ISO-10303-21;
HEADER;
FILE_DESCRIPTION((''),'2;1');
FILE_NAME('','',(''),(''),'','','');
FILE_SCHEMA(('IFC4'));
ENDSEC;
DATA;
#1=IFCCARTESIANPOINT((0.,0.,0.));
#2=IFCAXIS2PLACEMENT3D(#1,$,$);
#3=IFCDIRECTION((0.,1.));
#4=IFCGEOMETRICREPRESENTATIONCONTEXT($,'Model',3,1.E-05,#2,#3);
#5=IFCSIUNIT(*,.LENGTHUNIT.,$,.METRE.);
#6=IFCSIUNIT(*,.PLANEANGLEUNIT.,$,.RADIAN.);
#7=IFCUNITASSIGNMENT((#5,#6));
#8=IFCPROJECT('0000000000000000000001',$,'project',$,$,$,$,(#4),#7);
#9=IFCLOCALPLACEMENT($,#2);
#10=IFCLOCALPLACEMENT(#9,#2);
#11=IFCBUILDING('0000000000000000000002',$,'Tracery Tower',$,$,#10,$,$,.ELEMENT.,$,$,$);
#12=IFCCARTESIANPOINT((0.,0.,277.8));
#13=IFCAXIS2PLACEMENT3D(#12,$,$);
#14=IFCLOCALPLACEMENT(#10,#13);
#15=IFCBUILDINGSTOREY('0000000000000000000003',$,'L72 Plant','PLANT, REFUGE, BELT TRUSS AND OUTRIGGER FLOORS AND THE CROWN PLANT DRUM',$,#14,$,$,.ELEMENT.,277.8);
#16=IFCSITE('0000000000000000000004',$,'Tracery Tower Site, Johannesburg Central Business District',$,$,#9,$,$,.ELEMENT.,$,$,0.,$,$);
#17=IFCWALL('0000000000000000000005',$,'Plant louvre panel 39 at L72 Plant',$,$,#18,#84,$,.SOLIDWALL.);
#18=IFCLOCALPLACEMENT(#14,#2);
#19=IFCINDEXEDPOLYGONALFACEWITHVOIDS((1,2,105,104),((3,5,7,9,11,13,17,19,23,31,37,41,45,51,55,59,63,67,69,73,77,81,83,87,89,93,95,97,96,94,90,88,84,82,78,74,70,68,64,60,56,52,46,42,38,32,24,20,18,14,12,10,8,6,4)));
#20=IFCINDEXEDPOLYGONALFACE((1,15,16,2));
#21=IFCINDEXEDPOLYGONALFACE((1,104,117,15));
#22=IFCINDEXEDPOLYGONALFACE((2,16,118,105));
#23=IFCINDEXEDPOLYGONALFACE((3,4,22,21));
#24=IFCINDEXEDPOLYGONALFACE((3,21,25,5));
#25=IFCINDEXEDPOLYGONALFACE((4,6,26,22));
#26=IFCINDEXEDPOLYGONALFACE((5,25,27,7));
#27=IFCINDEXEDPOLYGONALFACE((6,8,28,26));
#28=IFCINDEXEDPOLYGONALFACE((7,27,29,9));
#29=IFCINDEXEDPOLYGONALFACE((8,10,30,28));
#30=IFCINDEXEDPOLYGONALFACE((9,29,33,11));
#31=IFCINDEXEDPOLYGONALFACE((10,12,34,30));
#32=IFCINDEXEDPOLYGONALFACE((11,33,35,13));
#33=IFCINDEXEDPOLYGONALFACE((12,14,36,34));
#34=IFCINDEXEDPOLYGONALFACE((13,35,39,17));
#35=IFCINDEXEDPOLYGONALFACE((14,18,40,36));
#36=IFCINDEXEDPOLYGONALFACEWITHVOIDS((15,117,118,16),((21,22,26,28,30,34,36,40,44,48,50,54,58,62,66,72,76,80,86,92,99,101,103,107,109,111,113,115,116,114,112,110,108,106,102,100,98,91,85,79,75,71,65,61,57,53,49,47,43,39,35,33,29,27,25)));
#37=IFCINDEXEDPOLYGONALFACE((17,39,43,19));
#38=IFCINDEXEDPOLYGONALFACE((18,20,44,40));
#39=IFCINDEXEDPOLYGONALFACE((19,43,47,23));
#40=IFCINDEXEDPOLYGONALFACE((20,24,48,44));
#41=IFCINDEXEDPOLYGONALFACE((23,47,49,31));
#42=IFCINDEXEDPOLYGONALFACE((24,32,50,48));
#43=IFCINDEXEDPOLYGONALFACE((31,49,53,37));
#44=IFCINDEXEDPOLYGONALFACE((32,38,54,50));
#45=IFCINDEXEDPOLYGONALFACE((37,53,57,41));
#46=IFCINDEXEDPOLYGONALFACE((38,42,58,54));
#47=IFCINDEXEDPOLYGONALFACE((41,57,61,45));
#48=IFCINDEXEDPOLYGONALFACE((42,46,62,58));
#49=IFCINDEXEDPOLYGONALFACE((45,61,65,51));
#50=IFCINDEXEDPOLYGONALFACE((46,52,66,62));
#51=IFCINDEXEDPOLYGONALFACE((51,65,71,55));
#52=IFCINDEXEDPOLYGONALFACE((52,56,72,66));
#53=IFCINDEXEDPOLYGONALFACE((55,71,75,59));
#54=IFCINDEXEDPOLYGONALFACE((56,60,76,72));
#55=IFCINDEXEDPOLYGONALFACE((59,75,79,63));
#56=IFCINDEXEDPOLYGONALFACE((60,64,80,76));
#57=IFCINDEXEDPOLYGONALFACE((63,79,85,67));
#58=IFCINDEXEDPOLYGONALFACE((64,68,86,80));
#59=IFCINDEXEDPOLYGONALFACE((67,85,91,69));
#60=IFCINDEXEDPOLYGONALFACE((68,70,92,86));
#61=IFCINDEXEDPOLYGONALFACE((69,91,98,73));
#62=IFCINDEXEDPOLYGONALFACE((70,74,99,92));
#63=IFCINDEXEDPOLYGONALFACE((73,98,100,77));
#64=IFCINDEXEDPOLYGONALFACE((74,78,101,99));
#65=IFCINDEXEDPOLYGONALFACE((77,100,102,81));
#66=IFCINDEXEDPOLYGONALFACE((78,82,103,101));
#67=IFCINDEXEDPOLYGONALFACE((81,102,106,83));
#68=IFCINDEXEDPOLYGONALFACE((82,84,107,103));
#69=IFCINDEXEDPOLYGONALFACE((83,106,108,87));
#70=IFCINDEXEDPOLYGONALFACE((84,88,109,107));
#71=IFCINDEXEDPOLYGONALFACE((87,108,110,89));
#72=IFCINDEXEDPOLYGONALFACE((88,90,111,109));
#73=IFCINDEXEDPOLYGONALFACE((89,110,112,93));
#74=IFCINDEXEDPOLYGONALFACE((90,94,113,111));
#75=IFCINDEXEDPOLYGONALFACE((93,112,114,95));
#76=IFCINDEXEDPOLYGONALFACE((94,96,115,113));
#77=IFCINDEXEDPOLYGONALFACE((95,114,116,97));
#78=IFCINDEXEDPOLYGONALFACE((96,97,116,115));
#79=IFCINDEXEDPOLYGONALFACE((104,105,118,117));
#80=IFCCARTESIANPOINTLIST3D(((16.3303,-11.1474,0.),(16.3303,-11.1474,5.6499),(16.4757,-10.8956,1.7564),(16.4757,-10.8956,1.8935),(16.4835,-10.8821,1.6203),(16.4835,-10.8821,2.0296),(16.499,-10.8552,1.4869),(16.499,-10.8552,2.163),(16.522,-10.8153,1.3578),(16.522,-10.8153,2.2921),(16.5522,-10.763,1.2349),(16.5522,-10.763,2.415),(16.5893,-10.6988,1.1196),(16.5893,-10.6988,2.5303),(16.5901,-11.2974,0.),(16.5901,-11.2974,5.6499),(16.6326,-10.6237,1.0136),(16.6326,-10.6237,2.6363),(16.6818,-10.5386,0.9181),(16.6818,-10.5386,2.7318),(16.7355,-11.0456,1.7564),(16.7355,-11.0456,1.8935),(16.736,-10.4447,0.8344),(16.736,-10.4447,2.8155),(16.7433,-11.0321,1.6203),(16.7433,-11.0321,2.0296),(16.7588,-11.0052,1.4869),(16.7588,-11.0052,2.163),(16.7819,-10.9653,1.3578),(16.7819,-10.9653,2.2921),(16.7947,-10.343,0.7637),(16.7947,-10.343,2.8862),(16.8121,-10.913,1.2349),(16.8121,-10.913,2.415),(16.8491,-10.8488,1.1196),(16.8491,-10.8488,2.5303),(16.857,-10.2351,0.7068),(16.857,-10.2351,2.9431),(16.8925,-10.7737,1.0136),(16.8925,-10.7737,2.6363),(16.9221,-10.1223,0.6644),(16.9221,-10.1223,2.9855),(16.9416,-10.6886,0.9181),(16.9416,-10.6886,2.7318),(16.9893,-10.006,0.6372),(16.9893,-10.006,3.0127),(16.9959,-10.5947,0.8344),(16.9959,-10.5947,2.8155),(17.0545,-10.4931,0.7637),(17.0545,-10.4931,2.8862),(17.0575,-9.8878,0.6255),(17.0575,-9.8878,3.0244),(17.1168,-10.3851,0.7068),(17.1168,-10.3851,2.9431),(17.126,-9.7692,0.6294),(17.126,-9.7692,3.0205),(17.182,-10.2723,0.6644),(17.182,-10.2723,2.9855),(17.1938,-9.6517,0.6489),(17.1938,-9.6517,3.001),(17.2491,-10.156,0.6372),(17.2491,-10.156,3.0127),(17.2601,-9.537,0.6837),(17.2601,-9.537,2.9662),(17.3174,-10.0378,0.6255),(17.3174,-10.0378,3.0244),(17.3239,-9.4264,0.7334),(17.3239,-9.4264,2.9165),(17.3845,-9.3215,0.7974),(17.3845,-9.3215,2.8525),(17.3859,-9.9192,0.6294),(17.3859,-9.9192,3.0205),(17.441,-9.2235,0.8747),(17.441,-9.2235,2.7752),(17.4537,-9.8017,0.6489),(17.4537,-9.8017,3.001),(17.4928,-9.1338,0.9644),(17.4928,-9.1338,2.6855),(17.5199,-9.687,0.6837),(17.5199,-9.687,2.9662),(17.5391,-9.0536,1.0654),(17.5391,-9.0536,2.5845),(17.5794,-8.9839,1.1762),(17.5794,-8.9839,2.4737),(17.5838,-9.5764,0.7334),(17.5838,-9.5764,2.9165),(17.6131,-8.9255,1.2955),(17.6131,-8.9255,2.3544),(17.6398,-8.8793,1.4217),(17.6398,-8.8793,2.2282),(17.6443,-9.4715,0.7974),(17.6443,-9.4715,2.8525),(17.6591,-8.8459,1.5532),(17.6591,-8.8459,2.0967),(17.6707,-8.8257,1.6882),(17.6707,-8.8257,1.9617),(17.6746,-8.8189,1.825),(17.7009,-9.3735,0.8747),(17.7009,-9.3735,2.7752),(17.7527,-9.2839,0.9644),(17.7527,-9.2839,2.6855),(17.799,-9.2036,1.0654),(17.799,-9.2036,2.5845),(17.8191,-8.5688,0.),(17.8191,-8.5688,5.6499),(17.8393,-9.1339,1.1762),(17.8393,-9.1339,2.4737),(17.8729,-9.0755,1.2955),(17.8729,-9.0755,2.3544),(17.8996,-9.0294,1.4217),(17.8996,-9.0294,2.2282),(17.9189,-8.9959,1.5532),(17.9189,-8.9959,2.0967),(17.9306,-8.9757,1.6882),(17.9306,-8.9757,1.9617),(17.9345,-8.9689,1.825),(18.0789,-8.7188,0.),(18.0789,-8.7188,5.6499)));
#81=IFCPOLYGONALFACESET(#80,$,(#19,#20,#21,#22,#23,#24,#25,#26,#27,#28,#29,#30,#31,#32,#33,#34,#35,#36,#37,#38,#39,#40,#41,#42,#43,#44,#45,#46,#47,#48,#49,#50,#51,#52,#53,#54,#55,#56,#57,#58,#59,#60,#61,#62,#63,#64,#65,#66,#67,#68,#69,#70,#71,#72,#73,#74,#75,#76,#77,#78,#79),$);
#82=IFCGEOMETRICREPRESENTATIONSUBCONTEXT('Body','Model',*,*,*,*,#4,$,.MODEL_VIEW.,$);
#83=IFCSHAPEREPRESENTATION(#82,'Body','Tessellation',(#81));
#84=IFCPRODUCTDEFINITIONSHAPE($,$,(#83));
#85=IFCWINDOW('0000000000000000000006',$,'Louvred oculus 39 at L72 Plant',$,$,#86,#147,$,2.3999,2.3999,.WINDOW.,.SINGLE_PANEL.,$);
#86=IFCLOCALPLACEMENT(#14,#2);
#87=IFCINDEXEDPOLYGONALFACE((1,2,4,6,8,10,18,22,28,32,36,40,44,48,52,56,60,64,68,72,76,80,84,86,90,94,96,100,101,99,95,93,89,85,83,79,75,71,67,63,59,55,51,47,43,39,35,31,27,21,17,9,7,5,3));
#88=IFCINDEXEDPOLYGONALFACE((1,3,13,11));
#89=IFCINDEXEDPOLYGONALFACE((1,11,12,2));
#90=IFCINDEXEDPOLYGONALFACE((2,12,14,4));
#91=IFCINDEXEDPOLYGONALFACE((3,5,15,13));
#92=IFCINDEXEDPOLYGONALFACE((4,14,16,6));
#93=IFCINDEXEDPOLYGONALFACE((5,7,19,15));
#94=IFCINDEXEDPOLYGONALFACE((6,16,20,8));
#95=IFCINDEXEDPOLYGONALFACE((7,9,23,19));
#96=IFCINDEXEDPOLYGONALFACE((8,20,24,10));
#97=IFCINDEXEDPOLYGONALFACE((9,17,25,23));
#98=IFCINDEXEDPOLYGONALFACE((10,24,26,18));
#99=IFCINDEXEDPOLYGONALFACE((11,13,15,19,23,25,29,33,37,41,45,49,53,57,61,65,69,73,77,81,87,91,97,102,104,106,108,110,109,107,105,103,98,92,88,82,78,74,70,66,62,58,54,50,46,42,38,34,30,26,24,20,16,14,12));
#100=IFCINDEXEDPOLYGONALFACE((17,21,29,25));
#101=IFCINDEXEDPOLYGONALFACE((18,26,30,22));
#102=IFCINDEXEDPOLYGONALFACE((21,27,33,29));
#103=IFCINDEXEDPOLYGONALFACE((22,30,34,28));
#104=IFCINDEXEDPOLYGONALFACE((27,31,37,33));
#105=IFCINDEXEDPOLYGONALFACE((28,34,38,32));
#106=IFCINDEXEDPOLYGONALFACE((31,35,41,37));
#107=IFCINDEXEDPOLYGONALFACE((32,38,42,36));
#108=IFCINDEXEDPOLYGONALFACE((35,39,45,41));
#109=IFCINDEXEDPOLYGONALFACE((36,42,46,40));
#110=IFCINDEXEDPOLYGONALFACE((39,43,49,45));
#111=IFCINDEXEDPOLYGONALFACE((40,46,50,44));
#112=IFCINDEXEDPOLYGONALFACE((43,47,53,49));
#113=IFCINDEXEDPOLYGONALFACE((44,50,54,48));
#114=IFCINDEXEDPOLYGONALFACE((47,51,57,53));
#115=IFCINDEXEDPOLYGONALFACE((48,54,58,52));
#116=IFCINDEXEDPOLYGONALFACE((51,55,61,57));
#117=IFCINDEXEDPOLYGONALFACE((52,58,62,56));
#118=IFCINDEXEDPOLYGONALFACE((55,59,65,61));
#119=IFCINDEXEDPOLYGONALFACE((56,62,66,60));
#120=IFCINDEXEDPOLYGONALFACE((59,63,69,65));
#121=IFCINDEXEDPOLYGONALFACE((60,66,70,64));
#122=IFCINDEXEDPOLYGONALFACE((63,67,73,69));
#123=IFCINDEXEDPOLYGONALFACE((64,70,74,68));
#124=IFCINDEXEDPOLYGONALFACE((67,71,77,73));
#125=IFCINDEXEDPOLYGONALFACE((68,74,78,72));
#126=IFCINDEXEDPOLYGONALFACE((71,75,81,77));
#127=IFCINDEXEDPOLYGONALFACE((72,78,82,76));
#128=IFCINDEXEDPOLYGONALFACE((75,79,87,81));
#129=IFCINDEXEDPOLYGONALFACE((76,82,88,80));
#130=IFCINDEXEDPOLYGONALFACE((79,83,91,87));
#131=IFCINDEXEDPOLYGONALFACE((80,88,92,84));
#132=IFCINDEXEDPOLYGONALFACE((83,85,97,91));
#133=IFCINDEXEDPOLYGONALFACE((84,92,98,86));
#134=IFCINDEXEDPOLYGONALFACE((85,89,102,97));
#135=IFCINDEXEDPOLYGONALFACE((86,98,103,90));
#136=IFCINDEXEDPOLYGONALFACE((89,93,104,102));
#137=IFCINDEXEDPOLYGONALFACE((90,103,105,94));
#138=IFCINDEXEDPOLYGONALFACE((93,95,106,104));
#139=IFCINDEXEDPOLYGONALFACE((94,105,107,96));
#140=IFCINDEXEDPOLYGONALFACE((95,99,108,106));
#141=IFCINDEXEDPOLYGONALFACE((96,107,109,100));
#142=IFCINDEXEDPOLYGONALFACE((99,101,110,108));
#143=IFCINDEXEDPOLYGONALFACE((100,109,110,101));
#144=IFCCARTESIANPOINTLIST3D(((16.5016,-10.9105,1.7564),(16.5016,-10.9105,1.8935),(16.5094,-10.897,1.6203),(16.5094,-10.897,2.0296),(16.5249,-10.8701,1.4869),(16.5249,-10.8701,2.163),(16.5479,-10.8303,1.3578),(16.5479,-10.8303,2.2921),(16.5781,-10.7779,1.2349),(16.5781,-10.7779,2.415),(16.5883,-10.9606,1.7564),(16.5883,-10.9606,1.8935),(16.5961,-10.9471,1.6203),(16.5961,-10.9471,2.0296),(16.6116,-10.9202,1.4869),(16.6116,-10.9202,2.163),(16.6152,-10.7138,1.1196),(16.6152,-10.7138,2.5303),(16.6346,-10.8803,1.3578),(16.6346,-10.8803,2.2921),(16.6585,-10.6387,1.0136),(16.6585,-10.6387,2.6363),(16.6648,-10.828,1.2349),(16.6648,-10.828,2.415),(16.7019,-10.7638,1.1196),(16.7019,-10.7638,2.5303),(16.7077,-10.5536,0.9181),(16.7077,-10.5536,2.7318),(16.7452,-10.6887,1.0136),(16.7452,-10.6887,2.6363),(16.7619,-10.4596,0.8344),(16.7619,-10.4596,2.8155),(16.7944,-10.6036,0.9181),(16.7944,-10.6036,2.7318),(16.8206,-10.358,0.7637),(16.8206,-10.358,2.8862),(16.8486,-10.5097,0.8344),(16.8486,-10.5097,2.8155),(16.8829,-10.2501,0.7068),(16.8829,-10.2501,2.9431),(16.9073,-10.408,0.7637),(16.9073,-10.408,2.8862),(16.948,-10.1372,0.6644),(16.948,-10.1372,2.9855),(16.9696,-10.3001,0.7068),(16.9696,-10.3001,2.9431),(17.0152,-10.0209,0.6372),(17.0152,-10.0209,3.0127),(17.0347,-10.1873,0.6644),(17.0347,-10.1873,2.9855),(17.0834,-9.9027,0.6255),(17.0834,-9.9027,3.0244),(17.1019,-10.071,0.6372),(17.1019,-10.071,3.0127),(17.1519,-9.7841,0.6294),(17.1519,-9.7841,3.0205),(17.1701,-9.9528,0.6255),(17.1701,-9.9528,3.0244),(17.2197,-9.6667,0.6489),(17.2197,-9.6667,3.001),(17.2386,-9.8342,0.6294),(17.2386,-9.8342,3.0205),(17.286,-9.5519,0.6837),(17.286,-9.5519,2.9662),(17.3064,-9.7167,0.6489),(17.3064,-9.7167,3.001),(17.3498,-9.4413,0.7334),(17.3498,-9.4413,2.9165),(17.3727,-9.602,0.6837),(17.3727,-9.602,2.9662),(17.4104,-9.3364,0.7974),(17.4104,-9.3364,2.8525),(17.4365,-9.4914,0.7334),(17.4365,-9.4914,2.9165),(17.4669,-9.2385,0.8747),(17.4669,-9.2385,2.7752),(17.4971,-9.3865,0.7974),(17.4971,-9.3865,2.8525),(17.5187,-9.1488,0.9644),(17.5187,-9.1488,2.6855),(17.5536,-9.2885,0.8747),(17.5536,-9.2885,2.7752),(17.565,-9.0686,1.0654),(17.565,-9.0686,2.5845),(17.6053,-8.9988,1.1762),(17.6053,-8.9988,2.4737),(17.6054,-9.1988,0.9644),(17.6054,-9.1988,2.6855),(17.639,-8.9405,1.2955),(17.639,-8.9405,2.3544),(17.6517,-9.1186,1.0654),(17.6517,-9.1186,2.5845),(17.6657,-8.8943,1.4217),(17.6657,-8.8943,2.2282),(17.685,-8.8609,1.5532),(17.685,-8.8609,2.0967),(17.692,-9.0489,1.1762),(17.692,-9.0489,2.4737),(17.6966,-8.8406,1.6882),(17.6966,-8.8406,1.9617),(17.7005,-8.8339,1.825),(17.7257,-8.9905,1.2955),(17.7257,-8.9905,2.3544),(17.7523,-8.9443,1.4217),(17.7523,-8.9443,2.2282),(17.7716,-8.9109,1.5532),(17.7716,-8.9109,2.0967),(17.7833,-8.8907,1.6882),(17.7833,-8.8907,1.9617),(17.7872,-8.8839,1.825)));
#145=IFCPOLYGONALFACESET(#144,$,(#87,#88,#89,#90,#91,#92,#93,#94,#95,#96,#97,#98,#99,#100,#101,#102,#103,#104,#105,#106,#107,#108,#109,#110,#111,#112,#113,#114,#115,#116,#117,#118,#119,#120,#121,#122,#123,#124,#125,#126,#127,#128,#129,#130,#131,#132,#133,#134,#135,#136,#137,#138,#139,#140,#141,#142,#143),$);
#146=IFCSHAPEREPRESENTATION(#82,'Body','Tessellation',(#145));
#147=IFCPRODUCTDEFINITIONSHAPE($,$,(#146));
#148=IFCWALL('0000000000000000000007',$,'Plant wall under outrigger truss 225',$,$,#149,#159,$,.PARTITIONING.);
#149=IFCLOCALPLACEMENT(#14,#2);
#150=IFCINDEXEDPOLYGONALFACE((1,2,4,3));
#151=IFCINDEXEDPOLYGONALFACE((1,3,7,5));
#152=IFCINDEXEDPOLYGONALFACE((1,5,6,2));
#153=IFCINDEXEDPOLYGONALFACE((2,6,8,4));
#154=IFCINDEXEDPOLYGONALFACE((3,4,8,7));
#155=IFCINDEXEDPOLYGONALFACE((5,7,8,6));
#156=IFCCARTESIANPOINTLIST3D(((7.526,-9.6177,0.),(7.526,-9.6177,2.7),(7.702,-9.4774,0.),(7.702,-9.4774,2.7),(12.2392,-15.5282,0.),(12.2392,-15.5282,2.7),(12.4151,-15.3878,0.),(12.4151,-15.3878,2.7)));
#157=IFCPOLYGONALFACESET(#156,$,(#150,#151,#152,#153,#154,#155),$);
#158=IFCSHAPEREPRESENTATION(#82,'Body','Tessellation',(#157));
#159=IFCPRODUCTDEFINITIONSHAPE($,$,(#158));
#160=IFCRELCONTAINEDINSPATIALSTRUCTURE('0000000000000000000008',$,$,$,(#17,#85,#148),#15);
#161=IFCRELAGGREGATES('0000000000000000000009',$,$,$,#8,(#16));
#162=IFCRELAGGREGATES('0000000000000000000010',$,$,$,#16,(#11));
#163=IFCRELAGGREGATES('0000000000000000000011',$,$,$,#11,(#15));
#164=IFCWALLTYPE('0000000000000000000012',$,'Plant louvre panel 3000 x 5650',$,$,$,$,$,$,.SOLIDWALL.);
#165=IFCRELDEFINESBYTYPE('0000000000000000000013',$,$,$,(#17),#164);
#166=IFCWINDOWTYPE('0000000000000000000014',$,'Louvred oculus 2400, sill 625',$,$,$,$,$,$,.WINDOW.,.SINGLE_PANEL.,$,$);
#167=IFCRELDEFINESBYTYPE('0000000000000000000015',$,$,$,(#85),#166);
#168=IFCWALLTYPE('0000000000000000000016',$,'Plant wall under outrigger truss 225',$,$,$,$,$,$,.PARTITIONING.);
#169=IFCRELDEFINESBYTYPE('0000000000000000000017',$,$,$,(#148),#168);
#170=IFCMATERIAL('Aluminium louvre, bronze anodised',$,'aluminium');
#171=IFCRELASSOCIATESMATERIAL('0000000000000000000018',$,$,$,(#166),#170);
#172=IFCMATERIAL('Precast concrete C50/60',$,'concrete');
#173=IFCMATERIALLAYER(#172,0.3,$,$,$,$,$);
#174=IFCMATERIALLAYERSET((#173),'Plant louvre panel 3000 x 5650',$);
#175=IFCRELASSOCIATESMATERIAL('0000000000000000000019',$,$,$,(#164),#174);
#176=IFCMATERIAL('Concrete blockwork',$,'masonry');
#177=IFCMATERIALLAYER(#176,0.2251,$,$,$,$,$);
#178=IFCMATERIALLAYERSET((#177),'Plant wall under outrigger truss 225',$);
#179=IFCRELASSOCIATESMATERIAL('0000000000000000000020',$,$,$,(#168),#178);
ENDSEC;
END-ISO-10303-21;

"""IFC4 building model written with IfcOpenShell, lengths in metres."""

from ifc_helpers import new_model, si_unit, direction, frame, frame_2d, origin, origin_2d, place, context, subcontext, project, spatial, rectangle, circle, extrude, material, layer, layer_set, type_object, element, fill, save


model = new_model("IFC4")

# Units and contexts
model_context = context("Model", 3, precision=1e-05, world=origin(), true_north=direction((0.0, 1.0)))
body_context = subcontext(model_context, "Body", "Model", "MODEL_VIEW")
ifc_project = project(units=[si_unit("LENGTHUNIT", "METRE"), si_unit("PLANEANGLEUNIT", "RADIAN")], contexts=[model_context])

# Site, building, storey
site_placement = place(None, origin())
site = spatial("IfcSite", under=ifc_project, at=site_placement, Name="Tracery Tower Site, Johannesburg Central Business District", CompositionType="ELEMENT", RefElevation=0.0)
building_placement = place(site_placement, origin())
building = spatial("IfcBuilding", under=site, at=building_placement, Name="Tracery Tower", CompositionType="ELEMENT")
storey_placement = place(building_placement, frame((0.0, 0.0, 277.8)))
storey = spatial("IfcBuildingStorey", under=building, at=storey_placement, Name="L72 Plant", Description="PLANT, REFUGE, BELT TRUSS AND OUTRIGGER FLOORS AND THE CROWN PLANT DRUM", CompositionType="ELEMENT", Elevation=277.8)

# Wall, opening, window
ifc_material_1 = material(Name="Aluminium louvre, bronze anodised", Category="aluminium")
window_type = type_object("IfcWindowType", Name="Louvred oculus 2400, sill 625", PartitioningType="SINGLE_PANEL", PredefinedType="WINDOW", material=ifc_material_1)
ifc_material_2 = material(Name="Precast concrete C50/60", Category="concrete")
ifc_layer_1 = layer(ifc_material_2, 0.3)
ifc_layer_set_1 = layer_set([ifc_layer_1], Name="Plant louvre panel 3000 x 5650")
wall_type_1 = type_object("IfcWallType", Name="Plant louvre panel 3000 x 5650", PredefinedType="SOLIDWALL", material=ifc_layer_set_1)
wall_1_placement = place(storey_placement, frame((16.4602, -11.2224, 0.0), z_axis=(0.0, 0.0, 1.0), x_axis=(0.500002, 0.866024, 0.0)))
wall_1 = element("IfcWall", 1, at=wall_1_placement, inside=storey, type_object=wall_type_1, Name="Plant louvre panel 39 at L72 Plant", PredefinedType="SOLIDWALL", context=body_context, shape_type="SweptSolid", body=[
    extrude(rectangle(XDim=2.9775, YDim=0.3, at=frame_2d((1.4888, 0.0))), origin(), (0.0, 0.0, 1.0), 5.6499),
])
opening_1_placement = place(wall_1_placement, frame((1.4888, 0.0, 1.825)))
opening_1 = element("IfcOpeningElement", 2, at=opening_1_placement, cuts=wall_1, PredefinedType="OPENING", context=body_context, shape_type="SweptSolid", body=[
    extrude(circle(Radius=1.2, at=origin_2d()), frame((0.0, 0.1599, 0.0), z_axis=(0.0, -1.0, 0.0), x_axis=(1.0, 0.0, 0.0)), (0.0, 0.0, 1.0), 0.3201),
])
window_1_placement = place(opening_1_placement, origin())
window_1 = element("IfcWindow", 3, at=window_1_placement, inside=storey, type_object=window_type, Name="Louvred oculus 39 at L72 Plant", OverallHeight=2.3999, OverallWidth=2.3999, PartitioningType="SINGLE_PANEL", PredefinedType="WINDOW", context=body_context, shape_type="SweptSolid", body=[
    extrude(circle(Radius=1.2, at=origin_2d()), frame((0.0, 0.1201, 0.0), z_axis=(0.0, -1.0, 0.0), x_axis=(1.0, 0.0, 0.0)), (0.0, 0.0, 1.0), 0.1001),
])
fill(opening_1, window_1)

# Wall
ifc_material_3 = material(Name="Concrete blockwork", Category="masonry")
ifc_layer_2 = layer(ifc_material_3, 0.2251)
ifc_layer_set_2 = layer_set([ifc_layer_2], Name="Plant wall under outrigger truss 225")
wall_type_2 = type_object("IfcWallType", Name="Plant wall under outrigger truss 225", PredefinedType="PARTITIONING", material=ifc_layer_set_2)
wall_2_placement = place(storey_placement, frame((12.3271, -15.458, 0.0), z_axis=(0.0, 0.0, 1.0), x_axis=(-0.623469, 0.781848, 0.0)))
element("IfcWall", 4, at=wall_2_placement, inside=storey, type_object=wall_type_2, Name="Plant wall under outrigger truss 225", PredefinedType="PARTITIONING", context=body_context, shape_type="SweptSolid", body=[
    extrude(rectangle(XDim=7.5596, YDim=0.2251, at=frame_2d((3.7798, 0.0))), origin(), (0.0, 0.0, 1.0), 2.7),
])

save(model, "model.ifc")
